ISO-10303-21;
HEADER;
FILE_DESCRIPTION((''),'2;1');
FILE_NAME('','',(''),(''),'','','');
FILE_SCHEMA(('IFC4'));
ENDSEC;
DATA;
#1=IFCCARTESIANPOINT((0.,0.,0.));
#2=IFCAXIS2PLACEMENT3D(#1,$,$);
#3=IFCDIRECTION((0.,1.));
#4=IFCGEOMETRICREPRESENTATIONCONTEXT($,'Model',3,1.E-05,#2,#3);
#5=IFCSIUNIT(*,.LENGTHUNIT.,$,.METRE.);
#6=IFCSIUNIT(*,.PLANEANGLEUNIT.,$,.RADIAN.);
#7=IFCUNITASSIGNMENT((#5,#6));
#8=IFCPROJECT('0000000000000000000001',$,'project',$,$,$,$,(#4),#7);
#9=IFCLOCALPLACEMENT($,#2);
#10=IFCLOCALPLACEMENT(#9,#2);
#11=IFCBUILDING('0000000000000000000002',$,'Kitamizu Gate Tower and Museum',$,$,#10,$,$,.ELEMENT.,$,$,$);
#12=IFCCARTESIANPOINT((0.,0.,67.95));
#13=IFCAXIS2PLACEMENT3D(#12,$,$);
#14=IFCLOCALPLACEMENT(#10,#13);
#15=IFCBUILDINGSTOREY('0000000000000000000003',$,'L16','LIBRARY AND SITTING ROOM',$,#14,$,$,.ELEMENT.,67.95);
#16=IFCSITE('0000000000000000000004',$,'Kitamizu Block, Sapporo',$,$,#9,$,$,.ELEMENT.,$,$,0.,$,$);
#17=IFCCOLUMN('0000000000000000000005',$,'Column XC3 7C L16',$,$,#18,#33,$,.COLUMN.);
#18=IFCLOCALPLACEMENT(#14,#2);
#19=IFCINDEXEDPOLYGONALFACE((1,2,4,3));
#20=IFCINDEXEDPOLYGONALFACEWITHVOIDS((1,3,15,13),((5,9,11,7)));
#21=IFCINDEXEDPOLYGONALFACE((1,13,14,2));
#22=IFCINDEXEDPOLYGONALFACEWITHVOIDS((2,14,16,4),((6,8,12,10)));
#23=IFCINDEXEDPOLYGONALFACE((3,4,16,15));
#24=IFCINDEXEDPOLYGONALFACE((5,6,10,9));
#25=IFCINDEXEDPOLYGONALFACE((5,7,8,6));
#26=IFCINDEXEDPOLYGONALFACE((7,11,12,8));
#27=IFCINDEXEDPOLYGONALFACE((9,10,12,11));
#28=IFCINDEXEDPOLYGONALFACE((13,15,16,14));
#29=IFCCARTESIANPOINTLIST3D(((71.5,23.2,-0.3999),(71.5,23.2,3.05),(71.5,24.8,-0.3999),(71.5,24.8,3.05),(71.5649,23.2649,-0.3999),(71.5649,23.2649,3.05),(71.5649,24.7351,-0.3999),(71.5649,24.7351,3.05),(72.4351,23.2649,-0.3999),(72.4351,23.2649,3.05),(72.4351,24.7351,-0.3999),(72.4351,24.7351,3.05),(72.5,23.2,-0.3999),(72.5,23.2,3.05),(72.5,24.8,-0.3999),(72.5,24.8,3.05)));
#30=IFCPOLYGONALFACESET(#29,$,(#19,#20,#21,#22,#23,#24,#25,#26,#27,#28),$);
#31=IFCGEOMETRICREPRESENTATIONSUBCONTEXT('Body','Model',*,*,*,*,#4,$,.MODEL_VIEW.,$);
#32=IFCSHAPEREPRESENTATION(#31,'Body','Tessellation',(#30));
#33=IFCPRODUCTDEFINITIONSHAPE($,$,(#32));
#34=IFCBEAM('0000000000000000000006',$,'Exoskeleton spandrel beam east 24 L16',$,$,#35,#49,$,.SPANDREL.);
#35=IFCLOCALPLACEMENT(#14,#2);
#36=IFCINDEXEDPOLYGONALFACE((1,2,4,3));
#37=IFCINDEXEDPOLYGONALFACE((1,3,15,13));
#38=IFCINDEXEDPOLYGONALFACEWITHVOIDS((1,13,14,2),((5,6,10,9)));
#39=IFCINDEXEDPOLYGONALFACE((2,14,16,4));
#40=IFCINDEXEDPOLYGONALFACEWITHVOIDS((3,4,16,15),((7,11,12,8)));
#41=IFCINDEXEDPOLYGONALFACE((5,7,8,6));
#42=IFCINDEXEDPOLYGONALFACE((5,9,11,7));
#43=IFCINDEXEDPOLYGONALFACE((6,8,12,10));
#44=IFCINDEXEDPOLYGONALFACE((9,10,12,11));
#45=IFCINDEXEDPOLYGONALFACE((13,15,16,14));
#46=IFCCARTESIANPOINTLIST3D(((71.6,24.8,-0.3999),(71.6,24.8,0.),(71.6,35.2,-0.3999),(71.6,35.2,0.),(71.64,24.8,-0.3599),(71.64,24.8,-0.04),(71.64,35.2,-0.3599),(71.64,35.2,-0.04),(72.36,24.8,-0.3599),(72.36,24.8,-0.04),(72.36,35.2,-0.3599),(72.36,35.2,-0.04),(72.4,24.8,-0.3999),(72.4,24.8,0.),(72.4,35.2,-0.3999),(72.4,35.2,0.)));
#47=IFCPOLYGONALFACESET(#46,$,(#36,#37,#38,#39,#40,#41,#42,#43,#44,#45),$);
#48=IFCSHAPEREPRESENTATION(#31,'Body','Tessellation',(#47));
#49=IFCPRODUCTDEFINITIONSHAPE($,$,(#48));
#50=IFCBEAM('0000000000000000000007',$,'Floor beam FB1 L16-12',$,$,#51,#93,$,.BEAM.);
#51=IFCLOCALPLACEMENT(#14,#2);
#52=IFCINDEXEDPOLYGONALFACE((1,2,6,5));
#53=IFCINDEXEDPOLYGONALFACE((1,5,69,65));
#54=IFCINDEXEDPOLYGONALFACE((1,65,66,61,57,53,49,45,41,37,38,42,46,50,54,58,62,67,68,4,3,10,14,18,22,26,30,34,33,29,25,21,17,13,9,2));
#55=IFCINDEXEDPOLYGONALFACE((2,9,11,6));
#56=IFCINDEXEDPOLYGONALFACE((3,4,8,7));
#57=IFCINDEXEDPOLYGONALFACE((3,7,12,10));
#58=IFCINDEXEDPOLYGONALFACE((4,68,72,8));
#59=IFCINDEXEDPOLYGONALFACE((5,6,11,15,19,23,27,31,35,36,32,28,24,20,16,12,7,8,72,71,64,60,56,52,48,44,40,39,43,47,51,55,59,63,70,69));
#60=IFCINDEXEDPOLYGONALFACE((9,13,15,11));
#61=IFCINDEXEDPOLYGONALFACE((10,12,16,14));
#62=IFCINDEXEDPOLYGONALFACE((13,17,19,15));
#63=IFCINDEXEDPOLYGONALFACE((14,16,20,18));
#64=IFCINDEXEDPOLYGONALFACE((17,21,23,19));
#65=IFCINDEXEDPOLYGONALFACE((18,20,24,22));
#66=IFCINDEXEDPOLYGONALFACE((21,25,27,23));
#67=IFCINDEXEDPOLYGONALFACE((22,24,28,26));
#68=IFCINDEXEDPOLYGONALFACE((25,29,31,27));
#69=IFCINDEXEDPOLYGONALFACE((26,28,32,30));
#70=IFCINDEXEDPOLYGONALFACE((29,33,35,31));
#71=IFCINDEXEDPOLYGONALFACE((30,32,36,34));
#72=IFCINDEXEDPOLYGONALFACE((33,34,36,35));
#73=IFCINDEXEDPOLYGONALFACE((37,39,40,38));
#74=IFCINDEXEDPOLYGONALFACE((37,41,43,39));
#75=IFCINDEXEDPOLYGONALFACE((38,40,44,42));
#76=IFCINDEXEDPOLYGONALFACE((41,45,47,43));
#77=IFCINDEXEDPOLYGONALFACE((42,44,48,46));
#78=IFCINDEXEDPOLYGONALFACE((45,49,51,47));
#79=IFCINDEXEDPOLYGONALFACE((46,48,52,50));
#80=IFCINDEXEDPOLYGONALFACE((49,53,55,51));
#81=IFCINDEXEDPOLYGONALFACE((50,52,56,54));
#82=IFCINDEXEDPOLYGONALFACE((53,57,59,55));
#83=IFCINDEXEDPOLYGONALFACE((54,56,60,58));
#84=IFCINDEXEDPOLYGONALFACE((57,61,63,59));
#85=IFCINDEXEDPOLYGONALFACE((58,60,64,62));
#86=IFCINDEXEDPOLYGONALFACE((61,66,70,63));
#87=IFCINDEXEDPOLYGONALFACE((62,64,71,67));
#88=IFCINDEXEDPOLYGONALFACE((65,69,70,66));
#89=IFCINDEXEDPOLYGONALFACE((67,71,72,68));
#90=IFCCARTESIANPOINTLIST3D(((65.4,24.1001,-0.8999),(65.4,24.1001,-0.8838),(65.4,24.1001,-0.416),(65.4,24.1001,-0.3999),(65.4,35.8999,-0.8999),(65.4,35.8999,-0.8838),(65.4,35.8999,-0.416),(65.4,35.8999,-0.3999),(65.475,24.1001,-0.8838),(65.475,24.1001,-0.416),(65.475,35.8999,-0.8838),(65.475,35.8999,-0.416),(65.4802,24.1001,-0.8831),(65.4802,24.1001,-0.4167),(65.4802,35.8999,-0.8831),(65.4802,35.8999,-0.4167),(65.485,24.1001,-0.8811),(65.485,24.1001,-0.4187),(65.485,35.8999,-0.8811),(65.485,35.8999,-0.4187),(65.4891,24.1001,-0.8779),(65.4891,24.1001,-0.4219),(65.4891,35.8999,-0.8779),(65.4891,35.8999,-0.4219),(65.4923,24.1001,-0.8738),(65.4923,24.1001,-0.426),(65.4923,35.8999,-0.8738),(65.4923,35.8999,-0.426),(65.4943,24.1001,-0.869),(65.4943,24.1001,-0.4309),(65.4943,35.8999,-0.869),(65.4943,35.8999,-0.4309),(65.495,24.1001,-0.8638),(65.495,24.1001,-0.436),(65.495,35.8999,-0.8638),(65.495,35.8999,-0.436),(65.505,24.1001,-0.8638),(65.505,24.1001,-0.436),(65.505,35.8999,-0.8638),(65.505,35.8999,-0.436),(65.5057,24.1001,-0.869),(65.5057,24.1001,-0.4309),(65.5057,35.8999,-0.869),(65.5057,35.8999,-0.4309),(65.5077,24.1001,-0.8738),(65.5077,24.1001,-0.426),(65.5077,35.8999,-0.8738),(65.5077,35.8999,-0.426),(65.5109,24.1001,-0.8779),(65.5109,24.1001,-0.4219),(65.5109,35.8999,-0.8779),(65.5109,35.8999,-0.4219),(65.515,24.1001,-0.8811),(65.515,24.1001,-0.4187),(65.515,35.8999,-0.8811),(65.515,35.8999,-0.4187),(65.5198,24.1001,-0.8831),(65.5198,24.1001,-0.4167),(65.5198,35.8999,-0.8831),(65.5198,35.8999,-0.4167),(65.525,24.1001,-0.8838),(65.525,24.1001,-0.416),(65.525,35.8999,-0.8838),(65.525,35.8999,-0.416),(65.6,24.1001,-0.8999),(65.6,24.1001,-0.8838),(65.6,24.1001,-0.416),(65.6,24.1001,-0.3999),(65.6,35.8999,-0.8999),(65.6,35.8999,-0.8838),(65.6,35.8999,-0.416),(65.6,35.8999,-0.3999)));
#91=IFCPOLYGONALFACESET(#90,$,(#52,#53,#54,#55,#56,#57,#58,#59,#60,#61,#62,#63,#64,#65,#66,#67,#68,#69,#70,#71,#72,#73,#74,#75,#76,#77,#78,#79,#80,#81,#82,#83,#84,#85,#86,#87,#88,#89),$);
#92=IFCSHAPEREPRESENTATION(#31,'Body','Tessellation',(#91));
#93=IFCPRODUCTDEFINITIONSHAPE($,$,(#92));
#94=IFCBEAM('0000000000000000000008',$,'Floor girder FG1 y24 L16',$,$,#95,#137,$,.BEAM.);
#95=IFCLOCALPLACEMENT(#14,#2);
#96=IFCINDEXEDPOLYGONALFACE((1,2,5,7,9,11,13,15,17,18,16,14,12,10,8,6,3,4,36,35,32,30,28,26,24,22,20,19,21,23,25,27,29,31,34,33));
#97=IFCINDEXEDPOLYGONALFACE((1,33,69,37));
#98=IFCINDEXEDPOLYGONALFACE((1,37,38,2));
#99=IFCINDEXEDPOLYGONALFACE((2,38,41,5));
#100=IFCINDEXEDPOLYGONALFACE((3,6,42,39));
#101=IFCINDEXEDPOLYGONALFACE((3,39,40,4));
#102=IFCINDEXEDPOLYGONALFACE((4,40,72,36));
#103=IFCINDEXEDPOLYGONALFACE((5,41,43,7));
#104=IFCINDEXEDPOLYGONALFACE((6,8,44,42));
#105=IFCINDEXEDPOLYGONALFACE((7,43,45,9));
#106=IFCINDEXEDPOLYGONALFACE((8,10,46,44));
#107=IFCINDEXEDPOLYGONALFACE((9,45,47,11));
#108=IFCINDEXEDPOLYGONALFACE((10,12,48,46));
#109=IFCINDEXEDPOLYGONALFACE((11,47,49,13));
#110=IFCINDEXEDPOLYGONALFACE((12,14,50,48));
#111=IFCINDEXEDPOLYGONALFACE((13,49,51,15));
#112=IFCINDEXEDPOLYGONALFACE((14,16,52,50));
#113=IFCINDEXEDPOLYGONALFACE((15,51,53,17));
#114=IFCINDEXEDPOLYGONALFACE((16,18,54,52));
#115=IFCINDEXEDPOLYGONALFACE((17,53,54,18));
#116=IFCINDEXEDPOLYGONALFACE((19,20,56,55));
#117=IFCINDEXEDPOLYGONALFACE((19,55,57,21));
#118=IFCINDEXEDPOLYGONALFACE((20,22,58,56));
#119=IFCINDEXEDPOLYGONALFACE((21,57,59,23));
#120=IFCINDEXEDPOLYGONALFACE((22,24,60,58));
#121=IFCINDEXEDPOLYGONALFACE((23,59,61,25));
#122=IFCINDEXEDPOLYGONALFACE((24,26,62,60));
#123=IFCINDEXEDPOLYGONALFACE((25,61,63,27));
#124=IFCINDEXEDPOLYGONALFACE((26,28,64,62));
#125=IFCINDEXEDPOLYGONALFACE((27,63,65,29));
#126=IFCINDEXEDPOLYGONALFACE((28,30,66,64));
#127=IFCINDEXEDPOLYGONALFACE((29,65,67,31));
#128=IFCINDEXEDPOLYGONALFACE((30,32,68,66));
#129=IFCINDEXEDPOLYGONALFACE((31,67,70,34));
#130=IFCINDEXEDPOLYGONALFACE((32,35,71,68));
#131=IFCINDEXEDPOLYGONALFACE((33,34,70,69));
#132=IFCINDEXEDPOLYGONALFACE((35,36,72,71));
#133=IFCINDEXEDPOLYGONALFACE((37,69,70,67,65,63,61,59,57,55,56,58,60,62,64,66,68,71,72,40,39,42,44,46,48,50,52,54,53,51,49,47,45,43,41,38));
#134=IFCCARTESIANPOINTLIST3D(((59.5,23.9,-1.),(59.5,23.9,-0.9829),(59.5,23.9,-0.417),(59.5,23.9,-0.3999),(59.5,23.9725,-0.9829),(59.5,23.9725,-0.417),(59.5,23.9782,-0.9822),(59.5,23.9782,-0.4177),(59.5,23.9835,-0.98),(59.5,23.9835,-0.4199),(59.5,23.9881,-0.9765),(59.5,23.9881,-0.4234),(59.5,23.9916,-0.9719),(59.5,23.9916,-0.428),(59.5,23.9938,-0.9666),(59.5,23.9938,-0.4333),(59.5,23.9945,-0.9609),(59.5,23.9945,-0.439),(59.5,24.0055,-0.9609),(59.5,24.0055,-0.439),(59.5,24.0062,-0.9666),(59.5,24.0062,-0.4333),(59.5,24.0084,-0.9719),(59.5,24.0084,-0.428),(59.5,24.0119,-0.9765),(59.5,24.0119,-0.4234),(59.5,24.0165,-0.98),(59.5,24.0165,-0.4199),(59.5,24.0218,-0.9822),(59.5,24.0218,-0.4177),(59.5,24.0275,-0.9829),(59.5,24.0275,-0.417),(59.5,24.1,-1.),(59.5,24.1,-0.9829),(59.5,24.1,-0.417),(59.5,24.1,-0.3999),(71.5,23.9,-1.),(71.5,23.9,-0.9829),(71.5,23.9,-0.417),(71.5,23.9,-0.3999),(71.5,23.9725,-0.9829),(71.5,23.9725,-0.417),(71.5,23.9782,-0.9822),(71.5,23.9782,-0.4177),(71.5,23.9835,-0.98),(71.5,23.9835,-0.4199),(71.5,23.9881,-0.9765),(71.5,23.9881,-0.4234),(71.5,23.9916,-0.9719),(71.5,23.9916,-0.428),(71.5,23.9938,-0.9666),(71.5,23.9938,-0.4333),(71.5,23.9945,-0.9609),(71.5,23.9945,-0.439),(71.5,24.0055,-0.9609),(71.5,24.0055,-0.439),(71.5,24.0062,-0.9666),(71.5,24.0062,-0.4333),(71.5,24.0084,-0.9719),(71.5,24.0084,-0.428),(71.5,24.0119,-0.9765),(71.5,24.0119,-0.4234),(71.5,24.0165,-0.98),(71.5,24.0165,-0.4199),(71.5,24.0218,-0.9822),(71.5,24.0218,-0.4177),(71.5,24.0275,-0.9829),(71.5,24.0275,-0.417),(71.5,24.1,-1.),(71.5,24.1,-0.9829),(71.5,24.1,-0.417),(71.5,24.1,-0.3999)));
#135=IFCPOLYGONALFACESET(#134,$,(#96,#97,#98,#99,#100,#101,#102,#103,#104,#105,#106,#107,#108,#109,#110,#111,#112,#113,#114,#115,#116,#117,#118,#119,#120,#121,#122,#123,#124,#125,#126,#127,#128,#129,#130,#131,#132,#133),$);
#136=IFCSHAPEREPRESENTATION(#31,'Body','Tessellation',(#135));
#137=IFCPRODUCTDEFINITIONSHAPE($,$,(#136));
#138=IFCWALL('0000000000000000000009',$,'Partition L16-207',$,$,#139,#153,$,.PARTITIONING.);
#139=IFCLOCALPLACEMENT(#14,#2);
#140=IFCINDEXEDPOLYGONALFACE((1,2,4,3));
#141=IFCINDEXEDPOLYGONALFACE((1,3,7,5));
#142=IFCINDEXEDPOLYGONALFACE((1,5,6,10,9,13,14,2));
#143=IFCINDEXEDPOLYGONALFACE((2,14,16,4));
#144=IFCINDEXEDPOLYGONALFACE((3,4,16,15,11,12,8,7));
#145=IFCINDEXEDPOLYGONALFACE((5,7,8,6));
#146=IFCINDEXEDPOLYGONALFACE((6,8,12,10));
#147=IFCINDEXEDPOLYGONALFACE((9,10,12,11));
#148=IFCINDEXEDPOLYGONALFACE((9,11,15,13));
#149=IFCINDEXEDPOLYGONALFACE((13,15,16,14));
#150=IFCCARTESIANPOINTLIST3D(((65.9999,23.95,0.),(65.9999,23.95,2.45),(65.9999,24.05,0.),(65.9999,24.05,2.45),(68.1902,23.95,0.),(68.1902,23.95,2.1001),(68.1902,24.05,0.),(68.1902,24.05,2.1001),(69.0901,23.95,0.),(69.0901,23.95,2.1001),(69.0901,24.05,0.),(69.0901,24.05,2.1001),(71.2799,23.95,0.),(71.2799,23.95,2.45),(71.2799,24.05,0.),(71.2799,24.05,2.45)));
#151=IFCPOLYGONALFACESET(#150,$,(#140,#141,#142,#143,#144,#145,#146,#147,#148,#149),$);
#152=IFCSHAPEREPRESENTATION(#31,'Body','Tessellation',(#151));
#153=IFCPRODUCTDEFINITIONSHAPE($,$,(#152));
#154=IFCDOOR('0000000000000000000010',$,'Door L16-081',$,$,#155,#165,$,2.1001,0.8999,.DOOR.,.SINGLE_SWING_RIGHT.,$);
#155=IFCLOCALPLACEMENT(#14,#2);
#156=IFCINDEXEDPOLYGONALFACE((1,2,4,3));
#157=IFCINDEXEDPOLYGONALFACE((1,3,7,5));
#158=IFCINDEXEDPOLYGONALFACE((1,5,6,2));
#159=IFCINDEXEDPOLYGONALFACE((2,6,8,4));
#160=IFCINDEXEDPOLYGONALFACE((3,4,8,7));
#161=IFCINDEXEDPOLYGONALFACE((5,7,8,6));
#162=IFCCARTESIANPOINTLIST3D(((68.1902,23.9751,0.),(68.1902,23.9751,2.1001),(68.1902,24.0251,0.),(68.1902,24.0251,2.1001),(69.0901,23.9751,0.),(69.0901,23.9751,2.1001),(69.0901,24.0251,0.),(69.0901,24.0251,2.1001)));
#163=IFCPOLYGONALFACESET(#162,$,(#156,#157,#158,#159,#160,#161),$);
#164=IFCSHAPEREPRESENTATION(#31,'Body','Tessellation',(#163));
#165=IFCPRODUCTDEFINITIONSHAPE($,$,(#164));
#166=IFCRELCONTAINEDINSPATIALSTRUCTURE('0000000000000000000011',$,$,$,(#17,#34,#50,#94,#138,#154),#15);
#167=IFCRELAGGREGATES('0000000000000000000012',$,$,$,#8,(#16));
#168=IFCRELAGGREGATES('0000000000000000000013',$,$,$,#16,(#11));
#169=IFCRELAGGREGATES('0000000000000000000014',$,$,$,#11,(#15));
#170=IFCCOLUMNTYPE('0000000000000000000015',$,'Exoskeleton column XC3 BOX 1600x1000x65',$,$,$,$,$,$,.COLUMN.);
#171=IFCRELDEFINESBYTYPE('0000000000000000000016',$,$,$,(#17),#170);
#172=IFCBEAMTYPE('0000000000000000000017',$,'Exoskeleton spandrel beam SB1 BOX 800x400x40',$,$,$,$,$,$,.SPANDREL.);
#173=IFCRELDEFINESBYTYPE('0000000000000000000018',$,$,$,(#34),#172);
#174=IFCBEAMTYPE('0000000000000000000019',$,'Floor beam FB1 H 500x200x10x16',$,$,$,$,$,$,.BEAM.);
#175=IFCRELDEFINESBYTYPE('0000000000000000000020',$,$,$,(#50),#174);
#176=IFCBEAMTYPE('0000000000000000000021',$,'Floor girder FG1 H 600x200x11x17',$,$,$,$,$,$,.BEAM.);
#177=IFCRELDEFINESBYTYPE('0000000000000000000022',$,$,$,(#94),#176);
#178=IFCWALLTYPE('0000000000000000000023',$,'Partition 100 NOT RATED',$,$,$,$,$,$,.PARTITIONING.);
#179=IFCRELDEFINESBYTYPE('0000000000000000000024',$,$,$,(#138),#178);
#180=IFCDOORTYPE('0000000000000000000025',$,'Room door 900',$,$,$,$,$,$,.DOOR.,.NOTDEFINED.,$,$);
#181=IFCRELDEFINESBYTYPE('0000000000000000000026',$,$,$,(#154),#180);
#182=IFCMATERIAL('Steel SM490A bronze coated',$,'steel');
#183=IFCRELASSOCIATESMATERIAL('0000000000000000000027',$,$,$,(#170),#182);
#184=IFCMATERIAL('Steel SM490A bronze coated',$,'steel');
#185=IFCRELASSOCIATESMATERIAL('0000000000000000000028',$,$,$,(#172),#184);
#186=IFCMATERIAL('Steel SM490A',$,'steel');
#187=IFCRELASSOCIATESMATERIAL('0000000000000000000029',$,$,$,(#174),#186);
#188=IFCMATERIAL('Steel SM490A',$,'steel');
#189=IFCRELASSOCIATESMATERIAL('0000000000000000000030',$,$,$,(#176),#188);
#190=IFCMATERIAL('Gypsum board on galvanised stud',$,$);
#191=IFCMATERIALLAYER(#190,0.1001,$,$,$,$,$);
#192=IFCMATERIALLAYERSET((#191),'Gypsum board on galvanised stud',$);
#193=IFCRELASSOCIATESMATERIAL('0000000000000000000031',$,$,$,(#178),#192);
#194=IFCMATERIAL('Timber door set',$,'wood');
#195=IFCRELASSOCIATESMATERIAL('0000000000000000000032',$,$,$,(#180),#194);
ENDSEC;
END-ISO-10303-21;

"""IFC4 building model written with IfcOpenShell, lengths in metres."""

from ifc_helpers import new_model, si_unit, direction, frame, frame_2d, origin, origin_2d, place, context, subcontext, project, spatial, rectangle, hollow_rectangle, i_section, extrude, material, layer, layer_set, material_profile, profile_set, type_object, element, fill, save


model = new_model("IFC4")

# Units and contexts
model_context = context("Model", 3, precision=1e-05, world=origin(), true_north=direction((0.0, 1.0)))
body_context = subcontext(model_context, "Body", "Model", "MODEL_VIEW")
ifc_project = project(units=[si_unit("LENGTHUNIT", "METRE"), si_unit("PLANEANGLEUNIT", "RADIAN")], contexts=[model_context])

# Site, building, storey
site_placement = place(None, origin())
site = spatial("IfcSite", under=ifc_project, at=site_placement, Name="Kitamizu Block, Sapporo", CompositionType="ELEMENT", RefElevation=0.0)
building_placement = place(site_placement, origin())
building = spatial("IfcBuilding", under=site, at=building_placement, Name="Kitamizu Gate Tower and Museum", CompositionType="ELEMENT")
storey_placement = place(building_placement, frame((0.0, 0.0, 67.95)))
storey = spatial("IfcBuildingStorey", under=building, at=storey_placement, Name="L16", Description="LIBRARY AND SITTING ROOM", CompositionType="ELEMENT", Elevation=67.95)

# Column
ifc_material_1 = material(Name="Steel SM490A bronze coated", Category="steel")
ifc_material_profile_1 = material_profile(ifc_material_1, hollow_rectangle(XDim=1.6001, YDim=1.0, WallThickness=0.0649, at=origin_2d()), Name="BOX 1600x1000x65")
ifc_profile_set_1 = profile_set([ifc_material_profile_1], Name="Steel SM490A bronze coated")
column_type = type_object("IfcColumnType", Name="Exoskeleton column XC3 BOX 1600x1000x65", PredefinedType="COLUMN", material=ifc_profile_set_1)
column_placement = place(storey_placement, frame((72.0, 24.0, -0.3999), z_axis=(0.0, 0.0, 1.0), x_axis=(0.0, 1.0, 0.0)))
element("IfcColumn", 1, at=column_placement, inside=storey, type_object=column_type, Name="Column XC3 7C L16", PredefinedType="COLUMN", context=body_context, shape_type="SweptSolid", body=[
    extrude(hollow_rectangle(XDim=1.6001, YDim=1.0, WallThickness=0.0649, at=origin_2d()), origin(), (0.0, 0.0, 1.0), 3.45),
])

# Beams
ifc_material_2 = material(Name="Steel SM490A bronze coated", Category="steel")
ifc_material_profile_2 = material_profile(ifc_material_2, hollow_rectangle(XDim=0.8, YDim=0.3999, WallThickness=0.04, at=origin_2d()), Name="BOX 800x400x40")
ifc_profile_set_2 = profile_set([ifc_material_profile_2], Name="Steel SM490A bronze coated")
beam_type_1 = type_object("IfcBeamType", Name="Exoskeleton spandrel beam SB1 BOX 800x400x40", PredefinedType="SPANDREL", material=ifc_profile_set_2)
beam_1_placement = place(storey_placement, frame((72.0, 24.8, -0.2), z_axis=(0.0, 1.0, 0.0), x_axis=(-1.0, 0.0, 0.0)))
element("IfcBeam", 2, at=beam_1_placement, inside=storey, type_object=beam_type_1, Name="Exoskeleton spandrel beam east 24 L16", PredefinedType="SPANDREL", context=body_context, shape_type="SweptSolid", body=[
    extrude(hollow_rectangle(XDim=0.8, YDim=0.3999, WallThickness=0.04, at=origin_2d()), origin(), (0.0, 0.0, 1.0), 10.3999),
])
ifc_material_3 = material(Name="Steel SM490A", Category="steel")
ifc_material_profile_3 = material_profile(ifc_material_3, i_section(OverallWidth=0.2, OverallDepth=0.5, WebThickness=0.01, FlangeThickness=0.0161, FilletRadius=0.02, at=origin_2d()), Name="H-500x200x10x16")
ifc_profile_set_3 = profile_set([ifc_material_profile_3], Name="Steel SM490A")
beam_type_2 = type_object("IfcBeamType", Name="Floor beam FB1 H 500x200x10x16", PredefinedType="BEAM", material=ifc_profile_set_3)
beam_2_placement = place(storey_placement, frame((65.5, 24.1001, -0.6499), z_axis=(0.0, 1.0, 0.0), x_axis=(-1.0, 0.0, 0.0)))
element("IfcBeam", 3, at=beam_2_placement, inside=storey, type_object=beam_type_2, Name="Floor beam FB1 L16-12", PredefinedType="BEAM", context=body_context, shape_type="SweptSolid", body=[
    extrude(i_section(OverallWidth=0.2, OverallDepth=0.5, WebThickness=0.01, FlangeThickness=0.0161, FilletRadius=0.02, at=origin_2d()), origin(), (0.0, 0.0, 1.0), 11.7998),
])
ifc_material_4 = material(Name="Steel SM490A", Category="steel")
ifc_material_profile_4 = material_profile(ifc_material_4, i_section(OverallWidth=0.2, OverallDepth=0.6001, WebThickness=0.011, FlangeThickness=0.0171, FilletRadius=0.022, at=origin_2d()), Name="H-600x200x11x17")
ifc_profile_set_4 = profile_set([ifc_material_profile_4], Name="Steel SM490A")
beam_type_3 = type_object("IfcBeamType", Name="Floor girder FG1 H 600x200x11x17", PredefinedType="BEAM", material=ifc_profile_set_4)
beam_3_placement = place(storey_placement, frame((59.5, 24.0, -0.7), z_axis=(1.0, 0.0, 0.0), x_axis=(0.0, 1.0, 0.0)))
element("IfcBeam", 4, at=beam_3_placement, inside=storey, type_object=beam_type_3, Name="Floor girder FG1 y24 L16", PredefinedType="BEAM", context=body_context, shape_type="SweptSolid", body=[
    extrude(i_section(OverallWidth=0.2, OverallDepth=0.6001, WebThickness=0.011, FlangeThickness=0.0171, FilletRadius=0.022, at=origin_2d()), origin(), (0.0, 0.0, 1.0), 12.0),
])

# Wall, opening, door
ifc_material_5 = material(Name="Gypsum board on galvanised stud")
ifc_layer_1 = layer(ifc_material_5, 0.1001)
ifc_layer_set_1 = layer_set([ifc_layer_1], Name="Gypsum board on galvanised stud")
wall_type_1 = type_object("IfcWallType", Name="Partition 100 NOT RATED", PredefinedType="PARTITIONING", material=ifc_layer_set_1)
wall_1_placement = place(storey_placement, frame((71.28, 24.0, 0.0), z_axis=(0.0, 0.0, 1.0), x_axis=(-1.0, 0.0, 0.0)))
wall_1 = element("IfcWall", 5, at=wall_1_placement, inside=storey, type_object=wall_type_1, Name="Partition L16-207", PredefinedType="PARTITIONING", context=body_context, shape_type="SweptSolid", body=[
    extrude(rectangle(XDim=5.28, YDim=0.1001, at=frame_2d((2.6401, 0.0))), origin(), (0.0, 0.0, 1.0), 2.45),
])
opening_1_placement = place(wall_1_placement, frame((2.1899, 0.0, 0.0)))
opening_1 = element("IfcOpeningElement", 6, at=opening_1_placement, cuts=wall_1, PredefinedType="OPENING", context=body_context, shape_type="SweptSolid", body=[
    extrude(rectangle(XDim=0.8999, YDim=2.1001, at=frame_2d((0.45, 1.05))), frame((0.0, 0.0601, 0.0), z_axis=(0.0, -1.0, 0.0), x_axis=(1.0, 0.0, 0.0)), (0.0, 0.0, 1.0), 0.1201),
])
ifc_material_6 = material(Name="Timber door set", Category="wood")
door_type_1 = type_object("IfcDoorType", Name="Room door 900", OperationType="NOTDEFINED", PredefinedType="DOOR", material=ifc_material_6)
door_1_placement = place(opening_1_placement, origin())
door_1 = element("IfcDoor", 7, at=door_1_placement, inside=storey, type_object=door_type_1, Name="Door L16-081", OperationType="SINGLE_SWING_RIGHT", OverallHeight=2.1001, OverallWidth=0.8999, PredefinedType="DOOR", context=body_context, shape_type="SweptSolid", body=[
    extrude(rectangle(XDim=0.8999, YDim=2.1001, at=frame_2d((0.45, 1.05))), frame((0.0, 0.0249, 0.0), z_axis=(0.0, -1.0, 0.0), x_axis=(1.0, 0.0, 0.0)), (0.0, 0.0, 1.0), 0.05),
])
fill(opening_1, door_1)

save(model, "model.ifc")
